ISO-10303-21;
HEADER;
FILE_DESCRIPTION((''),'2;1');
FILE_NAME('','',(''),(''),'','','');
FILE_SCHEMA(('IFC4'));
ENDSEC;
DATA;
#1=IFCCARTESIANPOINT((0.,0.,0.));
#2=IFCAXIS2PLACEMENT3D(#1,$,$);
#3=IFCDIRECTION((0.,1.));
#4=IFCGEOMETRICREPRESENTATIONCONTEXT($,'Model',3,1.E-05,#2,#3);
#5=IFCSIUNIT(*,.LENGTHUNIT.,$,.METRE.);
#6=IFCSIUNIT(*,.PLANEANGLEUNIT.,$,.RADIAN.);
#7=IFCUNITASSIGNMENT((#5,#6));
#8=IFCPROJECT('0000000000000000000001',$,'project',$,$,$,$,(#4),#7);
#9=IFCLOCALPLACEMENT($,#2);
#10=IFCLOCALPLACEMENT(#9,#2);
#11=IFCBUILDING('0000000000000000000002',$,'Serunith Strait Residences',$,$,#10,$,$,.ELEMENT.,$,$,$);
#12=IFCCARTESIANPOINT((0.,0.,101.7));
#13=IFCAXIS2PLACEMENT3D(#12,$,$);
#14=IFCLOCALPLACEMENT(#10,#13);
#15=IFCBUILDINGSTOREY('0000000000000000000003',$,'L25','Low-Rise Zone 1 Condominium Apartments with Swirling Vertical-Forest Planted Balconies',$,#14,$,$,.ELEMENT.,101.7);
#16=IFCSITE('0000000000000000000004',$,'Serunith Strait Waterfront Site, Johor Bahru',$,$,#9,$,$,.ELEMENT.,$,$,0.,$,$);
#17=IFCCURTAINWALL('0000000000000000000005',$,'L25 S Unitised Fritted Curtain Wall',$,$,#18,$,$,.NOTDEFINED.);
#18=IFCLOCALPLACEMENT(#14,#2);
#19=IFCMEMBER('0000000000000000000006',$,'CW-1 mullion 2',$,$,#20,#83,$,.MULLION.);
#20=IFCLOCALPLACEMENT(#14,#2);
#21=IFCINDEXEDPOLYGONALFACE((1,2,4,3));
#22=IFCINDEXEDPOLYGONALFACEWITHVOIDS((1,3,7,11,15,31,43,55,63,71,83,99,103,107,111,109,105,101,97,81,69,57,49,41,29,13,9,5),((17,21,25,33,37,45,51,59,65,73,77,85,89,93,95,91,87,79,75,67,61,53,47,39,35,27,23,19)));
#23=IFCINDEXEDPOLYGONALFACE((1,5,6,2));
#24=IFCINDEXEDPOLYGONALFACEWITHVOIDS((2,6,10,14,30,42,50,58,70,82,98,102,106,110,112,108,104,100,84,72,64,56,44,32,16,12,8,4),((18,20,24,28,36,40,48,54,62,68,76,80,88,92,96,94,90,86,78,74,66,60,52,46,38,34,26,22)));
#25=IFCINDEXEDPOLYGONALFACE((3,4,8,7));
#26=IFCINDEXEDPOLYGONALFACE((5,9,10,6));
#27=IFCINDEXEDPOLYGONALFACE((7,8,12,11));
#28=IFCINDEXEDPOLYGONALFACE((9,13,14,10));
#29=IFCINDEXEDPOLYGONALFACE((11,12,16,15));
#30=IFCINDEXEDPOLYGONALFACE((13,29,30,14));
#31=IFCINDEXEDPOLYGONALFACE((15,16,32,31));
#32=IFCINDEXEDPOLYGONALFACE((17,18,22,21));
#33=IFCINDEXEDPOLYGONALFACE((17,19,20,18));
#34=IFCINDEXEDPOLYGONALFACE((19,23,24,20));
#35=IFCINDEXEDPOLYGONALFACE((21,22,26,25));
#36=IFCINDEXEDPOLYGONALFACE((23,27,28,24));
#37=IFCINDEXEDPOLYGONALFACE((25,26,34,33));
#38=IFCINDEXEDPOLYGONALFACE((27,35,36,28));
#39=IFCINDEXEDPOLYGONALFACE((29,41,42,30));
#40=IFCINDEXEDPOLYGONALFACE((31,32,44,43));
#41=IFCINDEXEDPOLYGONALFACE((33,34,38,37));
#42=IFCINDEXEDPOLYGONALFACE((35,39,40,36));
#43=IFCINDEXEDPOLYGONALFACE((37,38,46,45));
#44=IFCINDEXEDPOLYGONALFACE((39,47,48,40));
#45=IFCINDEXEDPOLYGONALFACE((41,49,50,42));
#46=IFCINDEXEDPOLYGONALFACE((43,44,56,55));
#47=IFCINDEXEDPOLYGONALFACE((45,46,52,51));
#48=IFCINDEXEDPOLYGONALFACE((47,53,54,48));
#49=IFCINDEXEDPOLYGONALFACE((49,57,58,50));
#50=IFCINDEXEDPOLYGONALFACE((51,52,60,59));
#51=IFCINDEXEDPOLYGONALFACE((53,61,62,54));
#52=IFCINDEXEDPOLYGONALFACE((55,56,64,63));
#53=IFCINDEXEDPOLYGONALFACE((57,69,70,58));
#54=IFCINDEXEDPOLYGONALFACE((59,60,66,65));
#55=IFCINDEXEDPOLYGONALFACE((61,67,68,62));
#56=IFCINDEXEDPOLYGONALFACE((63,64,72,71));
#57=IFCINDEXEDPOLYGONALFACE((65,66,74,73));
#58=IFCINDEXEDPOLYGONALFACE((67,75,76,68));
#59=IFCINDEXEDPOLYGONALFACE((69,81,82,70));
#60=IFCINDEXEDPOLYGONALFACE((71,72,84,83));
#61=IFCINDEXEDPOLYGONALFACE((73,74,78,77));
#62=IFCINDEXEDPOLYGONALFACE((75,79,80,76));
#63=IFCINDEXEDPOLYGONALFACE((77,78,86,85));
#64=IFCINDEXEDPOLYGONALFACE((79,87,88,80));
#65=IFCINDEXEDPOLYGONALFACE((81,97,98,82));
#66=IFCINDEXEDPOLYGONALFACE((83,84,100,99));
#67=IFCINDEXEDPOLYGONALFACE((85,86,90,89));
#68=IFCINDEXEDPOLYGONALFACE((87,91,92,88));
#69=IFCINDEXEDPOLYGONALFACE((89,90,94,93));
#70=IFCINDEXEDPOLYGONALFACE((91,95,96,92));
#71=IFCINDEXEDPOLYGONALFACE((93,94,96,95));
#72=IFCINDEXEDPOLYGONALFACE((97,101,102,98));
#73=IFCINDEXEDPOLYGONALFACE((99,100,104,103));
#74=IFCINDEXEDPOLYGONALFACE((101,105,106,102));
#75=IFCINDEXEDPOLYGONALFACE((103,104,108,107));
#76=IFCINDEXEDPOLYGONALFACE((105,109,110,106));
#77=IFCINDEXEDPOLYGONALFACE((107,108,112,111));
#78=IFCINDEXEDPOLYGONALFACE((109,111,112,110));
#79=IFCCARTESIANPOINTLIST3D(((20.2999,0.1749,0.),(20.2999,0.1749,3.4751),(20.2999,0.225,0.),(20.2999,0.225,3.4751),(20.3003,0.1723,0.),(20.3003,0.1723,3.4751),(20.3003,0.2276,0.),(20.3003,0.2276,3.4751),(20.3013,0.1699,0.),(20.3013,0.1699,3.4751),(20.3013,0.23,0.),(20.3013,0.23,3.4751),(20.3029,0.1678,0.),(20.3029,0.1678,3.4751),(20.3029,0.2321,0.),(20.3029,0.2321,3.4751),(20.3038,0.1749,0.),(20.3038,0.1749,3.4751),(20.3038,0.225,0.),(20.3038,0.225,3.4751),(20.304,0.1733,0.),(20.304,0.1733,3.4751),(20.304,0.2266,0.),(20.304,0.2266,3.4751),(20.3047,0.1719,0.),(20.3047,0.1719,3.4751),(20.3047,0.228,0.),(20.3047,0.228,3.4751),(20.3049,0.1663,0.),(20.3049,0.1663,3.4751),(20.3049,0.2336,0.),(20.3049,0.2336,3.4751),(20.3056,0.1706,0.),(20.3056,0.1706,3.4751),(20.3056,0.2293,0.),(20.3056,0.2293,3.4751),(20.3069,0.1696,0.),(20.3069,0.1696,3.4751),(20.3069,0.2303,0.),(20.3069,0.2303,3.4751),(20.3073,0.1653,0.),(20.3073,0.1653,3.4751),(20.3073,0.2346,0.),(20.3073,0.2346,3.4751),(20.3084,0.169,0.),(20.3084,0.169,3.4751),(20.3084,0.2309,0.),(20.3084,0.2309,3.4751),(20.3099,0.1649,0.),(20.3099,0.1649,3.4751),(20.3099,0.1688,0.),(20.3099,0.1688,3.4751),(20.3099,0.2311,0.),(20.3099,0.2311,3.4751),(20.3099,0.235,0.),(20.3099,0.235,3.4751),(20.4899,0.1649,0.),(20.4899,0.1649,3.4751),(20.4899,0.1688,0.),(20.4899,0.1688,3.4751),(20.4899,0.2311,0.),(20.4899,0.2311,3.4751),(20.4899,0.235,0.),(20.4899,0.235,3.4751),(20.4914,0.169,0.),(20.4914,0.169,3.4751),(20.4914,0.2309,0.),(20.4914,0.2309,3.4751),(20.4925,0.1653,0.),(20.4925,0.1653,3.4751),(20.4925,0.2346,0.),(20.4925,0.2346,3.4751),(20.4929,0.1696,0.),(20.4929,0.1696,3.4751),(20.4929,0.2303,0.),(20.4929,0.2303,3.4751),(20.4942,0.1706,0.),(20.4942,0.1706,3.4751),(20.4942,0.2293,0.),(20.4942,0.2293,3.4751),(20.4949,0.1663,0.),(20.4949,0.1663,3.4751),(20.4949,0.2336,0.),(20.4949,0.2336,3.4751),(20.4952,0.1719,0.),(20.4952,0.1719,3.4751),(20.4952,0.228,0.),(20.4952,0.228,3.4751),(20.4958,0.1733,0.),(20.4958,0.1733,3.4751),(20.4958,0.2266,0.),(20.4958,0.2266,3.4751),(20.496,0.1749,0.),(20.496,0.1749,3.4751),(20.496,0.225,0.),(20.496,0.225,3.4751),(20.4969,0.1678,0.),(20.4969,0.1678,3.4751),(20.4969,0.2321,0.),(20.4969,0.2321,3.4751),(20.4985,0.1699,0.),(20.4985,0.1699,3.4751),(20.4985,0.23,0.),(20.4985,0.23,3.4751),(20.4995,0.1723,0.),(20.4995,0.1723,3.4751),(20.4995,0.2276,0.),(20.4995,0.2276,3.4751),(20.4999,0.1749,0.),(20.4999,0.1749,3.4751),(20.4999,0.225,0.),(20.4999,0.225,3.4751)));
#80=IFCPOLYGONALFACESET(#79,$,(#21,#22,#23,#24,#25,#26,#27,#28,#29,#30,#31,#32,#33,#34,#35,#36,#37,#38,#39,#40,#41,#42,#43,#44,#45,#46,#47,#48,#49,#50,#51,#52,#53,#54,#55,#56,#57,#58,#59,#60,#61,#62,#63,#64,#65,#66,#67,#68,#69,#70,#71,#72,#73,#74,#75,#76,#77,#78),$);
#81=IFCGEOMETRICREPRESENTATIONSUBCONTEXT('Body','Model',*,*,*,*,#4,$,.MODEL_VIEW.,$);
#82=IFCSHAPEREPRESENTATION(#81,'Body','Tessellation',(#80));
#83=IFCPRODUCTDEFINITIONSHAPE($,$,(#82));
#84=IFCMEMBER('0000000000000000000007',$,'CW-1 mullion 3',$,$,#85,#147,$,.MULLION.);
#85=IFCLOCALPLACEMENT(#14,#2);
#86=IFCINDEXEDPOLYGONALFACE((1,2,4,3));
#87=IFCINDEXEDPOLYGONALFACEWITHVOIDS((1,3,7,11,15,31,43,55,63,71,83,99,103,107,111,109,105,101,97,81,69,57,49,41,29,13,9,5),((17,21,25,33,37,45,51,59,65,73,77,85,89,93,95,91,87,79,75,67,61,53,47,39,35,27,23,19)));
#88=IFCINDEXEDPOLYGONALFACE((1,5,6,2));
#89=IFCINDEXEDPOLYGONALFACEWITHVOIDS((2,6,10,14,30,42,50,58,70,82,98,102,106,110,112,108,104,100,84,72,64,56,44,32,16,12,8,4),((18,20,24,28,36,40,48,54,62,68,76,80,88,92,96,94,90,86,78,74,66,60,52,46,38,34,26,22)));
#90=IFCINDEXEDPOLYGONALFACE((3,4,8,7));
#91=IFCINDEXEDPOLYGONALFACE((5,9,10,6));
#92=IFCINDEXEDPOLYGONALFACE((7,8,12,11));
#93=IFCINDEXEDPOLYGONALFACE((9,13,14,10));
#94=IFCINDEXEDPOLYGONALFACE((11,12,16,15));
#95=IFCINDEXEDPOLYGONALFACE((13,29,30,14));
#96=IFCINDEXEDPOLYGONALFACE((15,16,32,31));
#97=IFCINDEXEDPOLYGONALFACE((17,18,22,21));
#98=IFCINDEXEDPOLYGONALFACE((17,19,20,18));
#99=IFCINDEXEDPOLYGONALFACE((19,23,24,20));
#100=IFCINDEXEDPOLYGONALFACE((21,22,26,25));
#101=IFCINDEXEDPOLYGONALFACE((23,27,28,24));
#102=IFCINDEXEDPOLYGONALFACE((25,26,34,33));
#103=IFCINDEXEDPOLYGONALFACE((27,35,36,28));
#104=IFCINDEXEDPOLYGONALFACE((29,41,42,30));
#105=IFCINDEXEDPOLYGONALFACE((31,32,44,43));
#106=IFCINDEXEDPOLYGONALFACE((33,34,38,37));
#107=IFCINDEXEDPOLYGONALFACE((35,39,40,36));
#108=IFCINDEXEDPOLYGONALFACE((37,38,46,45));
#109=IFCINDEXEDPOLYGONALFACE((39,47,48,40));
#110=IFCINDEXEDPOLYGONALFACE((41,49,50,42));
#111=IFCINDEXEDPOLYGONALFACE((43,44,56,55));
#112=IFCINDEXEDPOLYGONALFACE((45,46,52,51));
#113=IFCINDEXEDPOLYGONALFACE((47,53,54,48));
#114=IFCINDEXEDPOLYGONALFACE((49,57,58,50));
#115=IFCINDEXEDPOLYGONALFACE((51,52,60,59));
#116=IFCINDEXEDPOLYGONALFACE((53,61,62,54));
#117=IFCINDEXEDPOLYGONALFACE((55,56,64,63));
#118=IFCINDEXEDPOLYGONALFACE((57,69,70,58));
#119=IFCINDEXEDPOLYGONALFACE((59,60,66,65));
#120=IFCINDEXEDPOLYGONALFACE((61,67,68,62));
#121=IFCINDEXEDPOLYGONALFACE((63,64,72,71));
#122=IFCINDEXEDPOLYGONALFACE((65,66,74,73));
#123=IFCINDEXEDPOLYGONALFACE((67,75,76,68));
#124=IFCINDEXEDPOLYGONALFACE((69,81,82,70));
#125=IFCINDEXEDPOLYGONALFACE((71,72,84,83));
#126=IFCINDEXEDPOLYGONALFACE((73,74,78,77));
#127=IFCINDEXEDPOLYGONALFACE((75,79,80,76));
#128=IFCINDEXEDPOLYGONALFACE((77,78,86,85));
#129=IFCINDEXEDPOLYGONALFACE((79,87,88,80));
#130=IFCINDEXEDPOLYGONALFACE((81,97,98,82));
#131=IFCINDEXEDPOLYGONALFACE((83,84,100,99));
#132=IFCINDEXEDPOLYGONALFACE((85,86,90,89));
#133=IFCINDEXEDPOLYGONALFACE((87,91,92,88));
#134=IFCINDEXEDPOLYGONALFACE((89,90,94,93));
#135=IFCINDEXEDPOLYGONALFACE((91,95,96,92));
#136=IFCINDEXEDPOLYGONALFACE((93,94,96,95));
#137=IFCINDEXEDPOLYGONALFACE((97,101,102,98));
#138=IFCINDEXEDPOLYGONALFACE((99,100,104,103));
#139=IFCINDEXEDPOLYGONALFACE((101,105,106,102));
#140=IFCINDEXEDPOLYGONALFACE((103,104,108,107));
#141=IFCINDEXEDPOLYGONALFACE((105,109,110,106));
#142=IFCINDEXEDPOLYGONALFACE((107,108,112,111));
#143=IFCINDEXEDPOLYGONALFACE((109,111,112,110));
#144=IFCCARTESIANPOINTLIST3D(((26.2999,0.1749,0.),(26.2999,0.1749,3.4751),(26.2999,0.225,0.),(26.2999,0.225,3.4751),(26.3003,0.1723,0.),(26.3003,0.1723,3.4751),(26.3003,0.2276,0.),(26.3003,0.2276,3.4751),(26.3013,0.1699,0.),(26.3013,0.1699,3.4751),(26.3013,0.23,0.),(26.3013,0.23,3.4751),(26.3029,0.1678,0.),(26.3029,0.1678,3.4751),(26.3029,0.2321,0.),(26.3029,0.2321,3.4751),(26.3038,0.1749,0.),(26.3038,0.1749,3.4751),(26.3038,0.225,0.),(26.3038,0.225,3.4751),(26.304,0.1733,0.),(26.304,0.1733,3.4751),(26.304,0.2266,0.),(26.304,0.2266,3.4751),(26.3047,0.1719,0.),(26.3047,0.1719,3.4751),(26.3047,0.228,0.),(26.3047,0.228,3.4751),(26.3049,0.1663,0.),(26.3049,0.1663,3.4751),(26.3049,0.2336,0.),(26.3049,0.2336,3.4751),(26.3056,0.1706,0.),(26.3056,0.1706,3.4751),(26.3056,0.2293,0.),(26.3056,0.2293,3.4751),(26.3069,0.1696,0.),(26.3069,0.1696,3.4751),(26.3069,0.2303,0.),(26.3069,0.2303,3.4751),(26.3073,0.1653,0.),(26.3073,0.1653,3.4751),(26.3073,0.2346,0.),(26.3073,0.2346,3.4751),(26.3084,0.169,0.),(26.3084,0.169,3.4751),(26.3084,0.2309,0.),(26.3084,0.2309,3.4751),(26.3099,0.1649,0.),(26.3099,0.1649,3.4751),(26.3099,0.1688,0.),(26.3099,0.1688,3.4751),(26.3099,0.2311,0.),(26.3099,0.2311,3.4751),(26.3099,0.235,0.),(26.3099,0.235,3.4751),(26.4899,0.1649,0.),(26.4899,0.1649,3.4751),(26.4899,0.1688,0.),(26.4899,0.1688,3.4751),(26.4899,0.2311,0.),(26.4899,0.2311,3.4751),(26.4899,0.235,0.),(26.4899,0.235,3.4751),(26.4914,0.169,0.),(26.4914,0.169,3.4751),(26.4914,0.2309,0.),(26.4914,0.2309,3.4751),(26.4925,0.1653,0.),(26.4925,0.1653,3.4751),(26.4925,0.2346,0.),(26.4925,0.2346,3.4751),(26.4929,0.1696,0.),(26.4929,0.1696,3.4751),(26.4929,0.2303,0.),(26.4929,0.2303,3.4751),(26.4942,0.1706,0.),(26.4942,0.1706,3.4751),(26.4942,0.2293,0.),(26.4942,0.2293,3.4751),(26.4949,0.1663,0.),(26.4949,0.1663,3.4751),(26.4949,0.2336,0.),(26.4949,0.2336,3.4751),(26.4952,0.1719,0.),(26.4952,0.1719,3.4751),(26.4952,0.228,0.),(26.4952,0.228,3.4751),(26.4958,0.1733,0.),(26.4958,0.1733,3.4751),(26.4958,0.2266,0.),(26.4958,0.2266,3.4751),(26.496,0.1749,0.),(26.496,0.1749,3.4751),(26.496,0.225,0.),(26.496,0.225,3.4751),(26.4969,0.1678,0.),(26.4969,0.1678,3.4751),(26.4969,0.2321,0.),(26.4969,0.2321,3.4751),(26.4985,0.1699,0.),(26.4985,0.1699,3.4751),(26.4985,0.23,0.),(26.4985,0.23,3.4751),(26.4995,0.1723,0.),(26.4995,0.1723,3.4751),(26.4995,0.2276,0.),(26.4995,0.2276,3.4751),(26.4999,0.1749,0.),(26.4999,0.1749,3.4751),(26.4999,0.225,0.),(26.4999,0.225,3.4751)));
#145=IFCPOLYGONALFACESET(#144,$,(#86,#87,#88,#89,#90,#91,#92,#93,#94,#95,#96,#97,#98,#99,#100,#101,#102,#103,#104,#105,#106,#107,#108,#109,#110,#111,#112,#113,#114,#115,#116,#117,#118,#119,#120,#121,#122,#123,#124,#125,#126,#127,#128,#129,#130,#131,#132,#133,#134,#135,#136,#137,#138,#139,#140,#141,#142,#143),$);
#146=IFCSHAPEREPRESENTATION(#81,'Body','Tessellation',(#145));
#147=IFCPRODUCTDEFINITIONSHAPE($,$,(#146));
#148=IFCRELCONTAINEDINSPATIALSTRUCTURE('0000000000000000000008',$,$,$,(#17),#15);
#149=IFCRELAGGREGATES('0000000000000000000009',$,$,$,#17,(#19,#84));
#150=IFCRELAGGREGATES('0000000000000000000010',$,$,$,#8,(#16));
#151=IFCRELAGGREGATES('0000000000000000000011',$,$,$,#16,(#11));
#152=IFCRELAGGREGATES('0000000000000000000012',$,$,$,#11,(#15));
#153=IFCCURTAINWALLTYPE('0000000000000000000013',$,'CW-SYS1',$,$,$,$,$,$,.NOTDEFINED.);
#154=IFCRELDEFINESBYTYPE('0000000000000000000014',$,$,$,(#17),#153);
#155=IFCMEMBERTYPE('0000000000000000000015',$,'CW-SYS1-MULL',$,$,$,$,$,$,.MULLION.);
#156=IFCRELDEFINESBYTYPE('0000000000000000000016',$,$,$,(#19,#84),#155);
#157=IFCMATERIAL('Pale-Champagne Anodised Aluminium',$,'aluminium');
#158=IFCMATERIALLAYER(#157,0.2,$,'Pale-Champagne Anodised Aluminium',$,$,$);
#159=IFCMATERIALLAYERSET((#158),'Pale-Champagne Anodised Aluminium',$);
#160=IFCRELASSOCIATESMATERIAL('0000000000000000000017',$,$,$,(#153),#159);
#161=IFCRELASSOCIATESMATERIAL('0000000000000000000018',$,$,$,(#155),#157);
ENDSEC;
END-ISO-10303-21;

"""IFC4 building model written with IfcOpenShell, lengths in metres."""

from ifc_helpers import new_model, si_unit, direction, frame, origin, origin_2d, place, context, subcontext, project, spatial, hollow_rectangle, extrude, source, transform, mapped, material, layer, layer_set, material_profile, profile_set, type_object, element, aggregate, save


model = new_model("IFC4")

# Units and contexts
model_context = context("Model", 3, precision=1e-05, world=origin(), true_north=direction((0.0, 1.0)))
body_context = subcontext(model_context, "Body", "Model", "MODEL_VIEW")
ifc_project = project(units=[si_unit("LENGTHUNIT", "METRE"), si_unit("PLANEANGLEUNIT", "RADIAN")], contexts=[model_context])

# Site, building, storey
site_placement = place(None, origin())
site = spatial("IfcSite", under=ifc_project, at=site_placement, Name="Serunith Strait Waterfront Site, Johor Bahru", CompositionType="ELEMENT", RefElevation=0.0)
building_placement = place(site_placement, origin())
building = spatial("IfcBuilding", under=site, at=building_placement, Name="Serunith Strait Residences", CompositionType="ELEMENT")
storey_placement = place(building_placement, frame((0.0, 0.0, 101.7)))
storey = spatial("IfcBuildingStorey", under=building, at=storey_placement, Name="L25", Description="Low-Rise Zone 1 Condominium Apartments with Swirling Vertical-Forest Planted Balconies", CompositionType="ELEMENT", Elevation=101.7)

# Curtain wall, members
ifc_material_1 = material(Name="Pale-Champagne Anodised Aluminium", Category="aluminium")
ifc_layer_1 = layer(ifc_material_1, 0.2, Name="Pale-Champagne Anodised Aluminium")
ifc_layer_set_1 = layer_set([ifc_layer_1], Name="Pale-Champagne Anodised Aluminium")
curtain_wall_type = type_object("IfcCurtainWallType", Name="CW-SYS1", PredefinedType="NOTDEFINED", material=ifc_layer_set_1)
curtain_wall_placement = place(storey_placement, origin())
curtain_wall = element("IfcCurtainWall", 1, at=curtain_wall_placement, inside=storey, type_object=curtain_wall_type, Name="L25 S Unitised Fritted Curtain Wall", PredefinedType="NOTDEFINED")
ifc_material_profile_1 = material_profile(ifc_material_1, hollow_rectangle(XDim=0.0701, YDim=0.2, WallThickness=0.0039, InnerFilletRadius=0.0061, OuterFilletRadius=0.01, at=origin_2d()), Name="ALU 200x70x4")
ifc_profile_set_1 = profile_set([ifc_material_profile_1], Name="Pale-Champagne Anodised Aluminium")
member_type_1 = type_object("IfcMemberType", Name="CW-SYS1-MULL", PredefinedType="MULLION", material=ifc_profile_set_1)
shared_shape_1 = source(origin(), body_context, "Body", "SweptSolid", [
    extrude(hollow_rectangle(XDim=0.0701, YDim=0.2, WallThickness=0.0039, InnerFilletRadius=0.0061, OuterFilletRadius=0.01, at=origin_2d()), origin(), (0.0, 0.0, 1.0), 3.4751),
])
member_1_placement = place(storey_placement, frame((20.3999, 0.2, 0.0), z_axis=(0.0, 0.0, 1.0), x_axis=(0.0, 1.0, 0.0)))
member_1 = element("IfcMember", 2, at=member_1_placement, type_object=member_type_1, Name="CW-1 mullion 2", PredefinedType="MULLION", context=body_context, shape_type="MappedRepresentation", body=[
    mapped(shared_shape_1, transform((0.0, 0.0, 0.0), scale=1.0)),
])
member_2_placement = place(storey_placement, frame((26.3999, 0.2, 0.0), z_axis=(0.0, 0.0, 1.0), x_axis=(0.0, 1.0, 0.0)))
member_2 = element("IfcMember", 3, at=member_2_placement, type_object=member_type_1, Name="CW-1 mullion 3", PredefinedType="MULLION", context=body_context, shape_type="MappedRepresentation", body=[
    mapped(shared_shape_1, transform((0.0, 0.0, 0.0), scale=1.0)),
])
aggregate(curtain_wall, [member_1, member_2])

save(model, "model.ifc")
